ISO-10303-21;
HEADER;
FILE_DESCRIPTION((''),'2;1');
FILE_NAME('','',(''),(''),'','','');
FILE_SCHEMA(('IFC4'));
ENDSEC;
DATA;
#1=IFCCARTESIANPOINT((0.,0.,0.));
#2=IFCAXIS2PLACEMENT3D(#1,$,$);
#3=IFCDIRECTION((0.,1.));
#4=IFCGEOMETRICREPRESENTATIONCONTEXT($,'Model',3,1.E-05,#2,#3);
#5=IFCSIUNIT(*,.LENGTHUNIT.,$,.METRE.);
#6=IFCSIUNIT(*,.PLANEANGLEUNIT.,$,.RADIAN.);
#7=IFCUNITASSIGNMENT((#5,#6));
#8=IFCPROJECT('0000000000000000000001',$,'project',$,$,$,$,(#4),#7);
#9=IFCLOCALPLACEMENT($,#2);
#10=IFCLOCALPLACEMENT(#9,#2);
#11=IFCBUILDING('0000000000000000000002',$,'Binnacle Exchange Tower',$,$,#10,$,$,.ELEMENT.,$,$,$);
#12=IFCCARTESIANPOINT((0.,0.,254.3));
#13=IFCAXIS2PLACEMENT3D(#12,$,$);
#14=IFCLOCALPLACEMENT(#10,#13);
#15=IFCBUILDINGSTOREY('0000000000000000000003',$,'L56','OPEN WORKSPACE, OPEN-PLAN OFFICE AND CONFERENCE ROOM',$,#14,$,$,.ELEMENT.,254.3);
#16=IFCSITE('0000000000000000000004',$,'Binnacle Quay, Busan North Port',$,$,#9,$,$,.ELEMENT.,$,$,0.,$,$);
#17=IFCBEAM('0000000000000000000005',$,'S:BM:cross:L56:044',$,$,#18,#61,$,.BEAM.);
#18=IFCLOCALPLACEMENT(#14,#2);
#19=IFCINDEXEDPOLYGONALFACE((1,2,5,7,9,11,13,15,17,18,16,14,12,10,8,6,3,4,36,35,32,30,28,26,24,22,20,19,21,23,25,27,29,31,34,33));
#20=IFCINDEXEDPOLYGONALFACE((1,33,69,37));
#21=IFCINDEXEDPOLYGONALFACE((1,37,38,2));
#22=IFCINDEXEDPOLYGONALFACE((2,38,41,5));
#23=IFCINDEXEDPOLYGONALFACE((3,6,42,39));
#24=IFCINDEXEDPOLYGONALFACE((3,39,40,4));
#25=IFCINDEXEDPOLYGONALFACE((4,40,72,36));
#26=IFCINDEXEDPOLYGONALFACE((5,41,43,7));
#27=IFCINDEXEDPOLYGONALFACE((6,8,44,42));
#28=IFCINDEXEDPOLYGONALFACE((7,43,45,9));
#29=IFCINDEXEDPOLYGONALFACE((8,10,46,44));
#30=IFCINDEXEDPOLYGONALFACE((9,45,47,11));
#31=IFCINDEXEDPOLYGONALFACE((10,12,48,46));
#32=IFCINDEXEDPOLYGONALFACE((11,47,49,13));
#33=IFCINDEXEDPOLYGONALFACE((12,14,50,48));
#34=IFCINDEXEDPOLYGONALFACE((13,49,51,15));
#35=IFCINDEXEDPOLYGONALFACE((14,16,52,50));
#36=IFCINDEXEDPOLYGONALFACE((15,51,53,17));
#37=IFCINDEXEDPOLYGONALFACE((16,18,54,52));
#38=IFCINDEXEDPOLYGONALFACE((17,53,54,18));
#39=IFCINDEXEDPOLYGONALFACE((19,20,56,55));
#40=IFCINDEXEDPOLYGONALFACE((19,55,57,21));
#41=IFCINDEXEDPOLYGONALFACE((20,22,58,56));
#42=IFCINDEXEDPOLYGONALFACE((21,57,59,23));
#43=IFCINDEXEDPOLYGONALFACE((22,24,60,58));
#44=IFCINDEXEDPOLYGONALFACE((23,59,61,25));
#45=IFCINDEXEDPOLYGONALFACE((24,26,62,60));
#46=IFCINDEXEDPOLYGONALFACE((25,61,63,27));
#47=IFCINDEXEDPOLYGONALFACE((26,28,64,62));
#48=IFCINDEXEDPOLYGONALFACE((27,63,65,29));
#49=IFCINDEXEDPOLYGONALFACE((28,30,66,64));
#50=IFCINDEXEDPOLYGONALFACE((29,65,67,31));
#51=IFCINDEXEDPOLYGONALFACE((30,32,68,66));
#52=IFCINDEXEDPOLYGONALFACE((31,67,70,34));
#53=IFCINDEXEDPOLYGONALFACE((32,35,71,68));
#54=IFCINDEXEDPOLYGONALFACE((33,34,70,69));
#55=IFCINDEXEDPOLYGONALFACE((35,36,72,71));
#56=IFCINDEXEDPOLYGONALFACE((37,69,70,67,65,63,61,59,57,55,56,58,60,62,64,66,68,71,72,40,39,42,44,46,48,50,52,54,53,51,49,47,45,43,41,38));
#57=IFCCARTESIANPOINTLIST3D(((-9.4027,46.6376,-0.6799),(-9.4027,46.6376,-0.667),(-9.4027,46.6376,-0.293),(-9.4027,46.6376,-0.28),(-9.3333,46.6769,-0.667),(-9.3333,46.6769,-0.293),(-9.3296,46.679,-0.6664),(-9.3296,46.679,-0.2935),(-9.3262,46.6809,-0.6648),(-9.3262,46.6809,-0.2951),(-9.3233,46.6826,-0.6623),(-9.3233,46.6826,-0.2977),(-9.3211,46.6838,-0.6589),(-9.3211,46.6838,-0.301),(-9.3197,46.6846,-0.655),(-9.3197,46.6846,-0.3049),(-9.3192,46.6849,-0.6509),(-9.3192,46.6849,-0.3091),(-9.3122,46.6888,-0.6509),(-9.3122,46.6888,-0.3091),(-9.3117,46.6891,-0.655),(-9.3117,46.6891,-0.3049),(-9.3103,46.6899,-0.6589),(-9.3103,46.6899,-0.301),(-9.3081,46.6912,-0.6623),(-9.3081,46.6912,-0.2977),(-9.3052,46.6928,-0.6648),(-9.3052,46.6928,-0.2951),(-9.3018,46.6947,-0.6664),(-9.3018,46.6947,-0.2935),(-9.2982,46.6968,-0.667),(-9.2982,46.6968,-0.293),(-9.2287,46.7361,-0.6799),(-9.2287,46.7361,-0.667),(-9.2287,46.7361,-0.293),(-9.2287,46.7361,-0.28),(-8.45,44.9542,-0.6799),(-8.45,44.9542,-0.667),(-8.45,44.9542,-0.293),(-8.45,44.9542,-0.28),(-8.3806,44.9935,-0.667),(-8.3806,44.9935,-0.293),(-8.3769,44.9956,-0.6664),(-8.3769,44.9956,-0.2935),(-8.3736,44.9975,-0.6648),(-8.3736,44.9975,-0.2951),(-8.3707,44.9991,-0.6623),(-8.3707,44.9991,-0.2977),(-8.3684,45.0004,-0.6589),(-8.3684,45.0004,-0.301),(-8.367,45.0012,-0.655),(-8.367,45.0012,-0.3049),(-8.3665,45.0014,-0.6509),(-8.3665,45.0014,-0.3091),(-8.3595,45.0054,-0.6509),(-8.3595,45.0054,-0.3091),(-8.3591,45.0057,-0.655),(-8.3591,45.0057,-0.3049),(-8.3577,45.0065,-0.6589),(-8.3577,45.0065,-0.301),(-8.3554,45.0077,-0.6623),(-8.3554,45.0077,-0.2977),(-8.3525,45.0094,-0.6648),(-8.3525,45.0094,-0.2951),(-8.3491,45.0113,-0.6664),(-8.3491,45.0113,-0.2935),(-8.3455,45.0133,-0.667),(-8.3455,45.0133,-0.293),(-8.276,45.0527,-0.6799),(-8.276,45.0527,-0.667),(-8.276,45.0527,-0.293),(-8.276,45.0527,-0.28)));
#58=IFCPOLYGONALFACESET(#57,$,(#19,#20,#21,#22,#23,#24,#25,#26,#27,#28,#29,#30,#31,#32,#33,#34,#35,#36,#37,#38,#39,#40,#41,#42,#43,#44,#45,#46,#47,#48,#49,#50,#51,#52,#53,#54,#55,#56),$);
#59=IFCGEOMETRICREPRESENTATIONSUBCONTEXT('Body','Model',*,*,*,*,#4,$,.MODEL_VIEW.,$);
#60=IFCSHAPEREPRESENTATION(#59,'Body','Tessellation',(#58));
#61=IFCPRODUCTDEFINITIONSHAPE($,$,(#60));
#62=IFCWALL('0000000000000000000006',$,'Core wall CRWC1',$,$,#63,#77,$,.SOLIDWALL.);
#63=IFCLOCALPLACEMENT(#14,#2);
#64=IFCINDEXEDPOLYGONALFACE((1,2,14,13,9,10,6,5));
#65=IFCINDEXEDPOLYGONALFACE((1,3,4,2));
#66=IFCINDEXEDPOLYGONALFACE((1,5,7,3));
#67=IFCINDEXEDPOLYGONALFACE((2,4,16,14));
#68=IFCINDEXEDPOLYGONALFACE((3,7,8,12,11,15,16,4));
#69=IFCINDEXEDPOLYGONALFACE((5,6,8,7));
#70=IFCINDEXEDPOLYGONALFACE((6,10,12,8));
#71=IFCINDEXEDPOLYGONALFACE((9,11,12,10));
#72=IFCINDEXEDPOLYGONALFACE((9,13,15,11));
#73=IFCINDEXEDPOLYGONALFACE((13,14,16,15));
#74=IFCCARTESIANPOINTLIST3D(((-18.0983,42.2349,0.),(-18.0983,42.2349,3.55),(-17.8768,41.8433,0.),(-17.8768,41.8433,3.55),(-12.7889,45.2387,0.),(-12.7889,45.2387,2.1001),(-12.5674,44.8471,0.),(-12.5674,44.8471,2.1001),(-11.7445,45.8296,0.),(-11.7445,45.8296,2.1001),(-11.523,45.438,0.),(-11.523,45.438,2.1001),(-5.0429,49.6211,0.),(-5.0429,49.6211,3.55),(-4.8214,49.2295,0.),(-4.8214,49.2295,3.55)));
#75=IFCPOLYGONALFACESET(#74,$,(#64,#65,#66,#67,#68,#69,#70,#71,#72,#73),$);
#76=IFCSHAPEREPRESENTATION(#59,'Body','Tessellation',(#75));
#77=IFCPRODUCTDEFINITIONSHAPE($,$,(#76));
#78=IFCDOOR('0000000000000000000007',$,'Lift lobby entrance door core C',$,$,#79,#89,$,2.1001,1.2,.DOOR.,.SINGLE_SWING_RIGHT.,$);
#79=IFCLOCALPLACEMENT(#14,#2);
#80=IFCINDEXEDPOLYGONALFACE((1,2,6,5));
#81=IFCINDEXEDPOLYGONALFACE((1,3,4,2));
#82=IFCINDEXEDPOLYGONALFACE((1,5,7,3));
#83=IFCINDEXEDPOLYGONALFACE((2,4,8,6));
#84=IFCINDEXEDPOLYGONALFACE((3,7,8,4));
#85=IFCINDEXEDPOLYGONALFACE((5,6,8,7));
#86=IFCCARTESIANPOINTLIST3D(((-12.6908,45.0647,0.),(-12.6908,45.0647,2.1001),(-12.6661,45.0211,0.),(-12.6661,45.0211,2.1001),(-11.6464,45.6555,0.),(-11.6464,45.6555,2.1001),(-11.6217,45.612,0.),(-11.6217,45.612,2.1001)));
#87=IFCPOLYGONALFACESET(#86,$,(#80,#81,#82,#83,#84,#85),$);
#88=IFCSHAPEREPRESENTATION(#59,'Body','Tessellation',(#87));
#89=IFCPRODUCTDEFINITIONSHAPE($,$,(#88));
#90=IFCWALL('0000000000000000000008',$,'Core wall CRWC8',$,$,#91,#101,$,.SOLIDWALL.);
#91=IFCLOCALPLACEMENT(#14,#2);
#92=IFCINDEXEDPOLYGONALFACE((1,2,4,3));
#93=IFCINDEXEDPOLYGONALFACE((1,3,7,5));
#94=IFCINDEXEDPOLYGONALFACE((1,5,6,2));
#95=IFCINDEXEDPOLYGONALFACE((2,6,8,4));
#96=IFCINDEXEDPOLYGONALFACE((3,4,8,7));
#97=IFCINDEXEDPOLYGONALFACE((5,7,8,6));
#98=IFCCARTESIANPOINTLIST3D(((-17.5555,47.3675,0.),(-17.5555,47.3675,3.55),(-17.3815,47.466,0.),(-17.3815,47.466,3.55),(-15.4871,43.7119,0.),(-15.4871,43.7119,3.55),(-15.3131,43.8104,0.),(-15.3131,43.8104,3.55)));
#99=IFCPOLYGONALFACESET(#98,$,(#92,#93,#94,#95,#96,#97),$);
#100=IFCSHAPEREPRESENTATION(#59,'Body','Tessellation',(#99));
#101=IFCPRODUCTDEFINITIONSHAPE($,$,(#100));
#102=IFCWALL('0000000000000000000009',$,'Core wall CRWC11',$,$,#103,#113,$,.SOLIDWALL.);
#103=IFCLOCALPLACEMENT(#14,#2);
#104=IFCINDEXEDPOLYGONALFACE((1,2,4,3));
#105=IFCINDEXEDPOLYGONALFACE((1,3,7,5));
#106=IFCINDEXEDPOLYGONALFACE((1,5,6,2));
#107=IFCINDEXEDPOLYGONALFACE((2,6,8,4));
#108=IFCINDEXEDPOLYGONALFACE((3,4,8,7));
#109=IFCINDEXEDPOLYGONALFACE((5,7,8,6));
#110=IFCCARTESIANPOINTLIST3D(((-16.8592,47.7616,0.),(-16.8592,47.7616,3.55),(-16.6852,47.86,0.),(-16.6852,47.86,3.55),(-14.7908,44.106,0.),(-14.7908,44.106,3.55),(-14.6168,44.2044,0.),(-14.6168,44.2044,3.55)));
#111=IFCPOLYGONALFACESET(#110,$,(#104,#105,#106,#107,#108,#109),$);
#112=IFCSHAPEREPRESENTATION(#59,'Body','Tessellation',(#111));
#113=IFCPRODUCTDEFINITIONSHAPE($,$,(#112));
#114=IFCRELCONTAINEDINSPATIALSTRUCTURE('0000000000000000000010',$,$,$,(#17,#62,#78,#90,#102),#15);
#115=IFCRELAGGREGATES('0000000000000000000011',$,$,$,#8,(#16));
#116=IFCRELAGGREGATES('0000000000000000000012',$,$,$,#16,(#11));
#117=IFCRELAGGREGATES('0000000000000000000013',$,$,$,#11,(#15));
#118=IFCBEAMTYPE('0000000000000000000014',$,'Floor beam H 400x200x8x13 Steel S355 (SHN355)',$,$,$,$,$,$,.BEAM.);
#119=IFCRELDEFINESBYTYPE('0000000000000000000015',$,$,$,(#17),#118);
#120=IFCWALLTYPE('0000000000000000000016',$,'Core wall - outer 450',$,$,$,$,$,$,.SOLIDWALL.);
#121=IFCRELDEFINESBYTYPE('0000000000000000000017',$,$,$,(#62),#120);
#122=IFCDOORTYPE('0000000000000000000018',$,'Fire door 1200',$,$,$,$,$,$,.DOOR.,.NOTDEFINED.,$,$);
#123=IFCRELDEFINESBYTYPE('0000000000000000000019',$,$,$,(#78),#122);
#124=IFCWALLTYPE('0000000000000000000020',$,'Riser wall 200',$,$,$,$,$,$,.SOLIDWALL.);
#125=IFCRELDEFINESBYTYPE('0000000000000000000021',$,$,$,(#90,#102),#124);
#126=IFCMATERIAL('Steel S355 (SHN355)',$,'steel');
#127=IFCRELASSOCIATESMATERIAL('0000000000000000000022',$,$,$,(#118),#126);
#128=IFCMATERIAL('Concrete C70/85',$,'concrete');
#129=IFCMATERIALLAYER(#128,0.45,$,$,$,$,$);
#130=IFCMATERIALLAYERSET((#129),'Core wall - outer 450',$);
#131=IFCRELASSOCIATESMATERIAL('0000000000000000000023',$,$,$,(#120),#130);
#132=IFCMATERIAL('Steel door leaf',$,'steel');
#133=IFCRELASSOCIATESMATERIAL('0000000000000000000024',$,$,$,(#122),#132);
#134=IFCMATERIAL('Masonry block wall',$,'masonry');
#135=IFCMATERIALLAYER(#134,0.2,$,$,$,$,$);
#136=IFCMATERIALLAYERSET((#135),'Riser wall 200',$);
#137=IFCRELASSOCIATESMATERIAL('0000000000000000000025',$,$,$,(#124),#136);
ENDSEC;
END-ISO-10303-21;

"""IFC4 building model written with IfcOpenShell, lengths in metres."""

from ifc_helpers import new_model, si_unit, direction, frame, frame_2d, origin, origin_2d, place, context, subcontext, project, spatial, rectangle, i_section, extrude, material, layer, layer_set, material_profile, profile_set, type_object, element, fill, save


model = new_model("IFC4")

# Units and contexts
model_context = context("Model", 3, precision=1e-05, world=origin(), true_north=direction((0.0, 1.0)))
body_context = subcontext(model_context, "Body", "Model", "MODEL_VIEW")
ifc_project = project(units=[si_unit("LENGTHUNIT", "METRE"), si_unit("PLANEANGLEUNIT", "RADIAN")], contexts=[model_context])

# Site, building, storey
site_placement = place(None, origin())
site = spatial("IfcSite", under=ifc_project, at=site_placement, Name="Binnacle Quay, Busan North Port", CompositionType="ELEMENT", RefElevation=0.0)
building_placement = place(site_placement, origin())
building = spatial("IfcBuilding", under=site, at=building_placement, Name="Binnacle Exchange Tower", CompositionType="ELEMENT")
storey_placement = place(building_placement, frame((0.0, 0.0, 254.3)))
storey = spatial("IfcBuildingStorey", under=building, at=storey_placement, Name="L56", Description="OPEN WORKSPACE, OPEN-PLAN OFFICE AND CONFERENCE ROOM", CompositionType="ELEMENT", Elevation=254.3)

# Beam
ifc_material_1 = material(Name="Steel S355 (SHN355)", Category="steel")
ifc_material_profile_1 = material_profile(ifc_material_1, i_section(OverallWidth=0.2, OverallDepth=0.3999, WebThickness=0.0081, FlangeThickness=0.0129, FilletRadius=0.0161, at=origin_2d()), Name="H 400x200x8x13")
ifc_profile_set_1 = profile_set([ifc_material_profile_1], Name="Steel S355 (SHN355)")
beam_type_1 = type_object("IfcBeamType", Name="Floor beam H 400x200x8x13 Steel S355 (SHN355)", PredefinedType="BEAM", material=ifc_profile_set_1)
for number, where, z_axis, x_axis, name in (
    (1, (-8.363, 45.0034, -0.48), (-0.492519, 0.870302, 0.0), (-0.870302, -0.492519, 0.0), "S:BM:cross:L56:044"),
):
    element("IfcBeam", number, at=place(storey_placement, frame(where, z_axis=z_axis, x_axis=x_axis)), inside=storey, type_object=beam_type_1, Name=name, PredefinedType="BEAM", context=body_context, shape_type="SweptSolid", body=[
        extrude(i_section(OverallWidth=0.2, OverallDepth=0.3999, WebThickness=0.0081, FlangeThickness=0.0129, FilletRadius=0.0161, at=origin_2d()), origin(), (0.0, 0.0, 1.0), 1.9343),
    ])

# Wall, opening, door
ifc_material_2 = material(Name="Concrete C70/85", Category="concrete")
ifc_layer_1 = layer(ifc_material_2, 0.45)
ifc_layer_set_1 = layer_set([ifc_layer_1], Name="Core wall - outer 450")
wall_type_1 = type_object("IfcWallType", Name="Core wall - outer 450", PredefinedType="SOLIDWALL", material=ifc_layer_set_1)
wall_placement = place(storey_placement, frame((-17.9875, 42.0391, 0.0), z_axis=(0.0, 0.0, 1.0), x_axis=(0.870361, 0.492415, 0.0)))
wall = element("IfcWall", 2, at=wall_placement, inside=storey, type_object=wall_type_1, Name="Core wall CRWC1", PredefinedType="SOLIDWALL", context=body_context, shape_type="SweptSolid", body=[
    extrude(rectangle(XDim=15.0, YDim=0.45, at=frame_2d((7.5, 0.0))), origin(), (0.0, 0.0, 1.0), 3.55),
])
opening_placement = place(wall_placement, frame((6.1001, 0.0, 0.0)))
opening = element("IfcOpeningElement", 3, at=opening_placement, cuts=wall, PredefinedType="OPENING", context=body_context, shape_type="SweptSolid", body=[
    extrude(rectangle(XDim=1.2, YDim=2.1001, at=frame_2d((0.6001, 1.05))), frame((0.0, 0.2349, 0.0), z_axis=(0.0, -1.0, 0.0), x_axis=(1.0, 0.0, 0.0)), (0.0, 0.0, 1.0), 0.47),
])
ifc_material_3 = material(Name="Steel door leaf", Category="steel")
door_type = type_object("IfcDoorType", Name="Fire door 1200", OperationType="NOTDEFINED", PredefinedType="DOOR", material=ifc_material_3)
door_placement = place(opening_placement, frame((1.2, 0.0, 0.0), z_axis=(0.0, 0.0, 1.0), x_axis=(-1.0, 0.0, 0.0)))
door = element("IfcDoor", 4, at=door_placement, inside=storey, type_object=door_type, Name="Lift lobby entrance door core C", OperationType="SINGLE_SWING_RIGHT", OverallHeight=2.1001, OverallWidth=1.2, PredefinedType="DOOR", context=body_context, shape_type="SweptSolid", body=[
    extrude(rectangle(XDim=1.2, YDim=2.1001, at=frame_2d((0.6001, 1.05))), frame((0.0, 0.0249, 0.0), z_axis=(0.0, -1.0, 0.0), x_axis=(1.0, 0.0, 0.0)), (0.0, 0.0, 1.0), 0.05),
])
fill(opening, door)

# Walls
ifc_material_4 = material(Name="Masonry block wall", Category="masonry")
ifc_layer_2 = layer(ifc_material_4, 0.2)
ifc_layer_set_2 = layer_set([ifc_layer_2], Name="Riser wall 200")
wall_type_2 = type_object("IfcWallType", Name="Riser wall 200", PredefinedType="SOLIDWALL", material=ifc_layer_set_2)
for number, where, z_axis, x_axis, name in (
    (5, (-17.4685, 47.4167, 0.0), (0.0, 0.0, 1.0), (0.492454, -0.870339, 0.0), "Core wall CRWC8"),
    (6, (-16.7722, 47.8108, 0.0), (0.0, 0.0, 1.0), (0.492454, -0.870339, 0.0), "Core wall CRWC11"),
):
    element("IfcWall", number, at=place(storey_placement, frame(where, z_axis=z_axis, x_axis=x_axis)), inside=storey, type_object=wall_type_2, Name=name, PredefinedType="SOLIDWALL", context=body_context, shape_type="SweptSolid", body=[
        extrude(rectangle(XDim=4.2002, YDim=0.2, at=frame_2d((2.1001, 0.0))), origin(), (0.0, 0.0, 1.0), 3.55),
    ])

save(model, "model.ifc")
